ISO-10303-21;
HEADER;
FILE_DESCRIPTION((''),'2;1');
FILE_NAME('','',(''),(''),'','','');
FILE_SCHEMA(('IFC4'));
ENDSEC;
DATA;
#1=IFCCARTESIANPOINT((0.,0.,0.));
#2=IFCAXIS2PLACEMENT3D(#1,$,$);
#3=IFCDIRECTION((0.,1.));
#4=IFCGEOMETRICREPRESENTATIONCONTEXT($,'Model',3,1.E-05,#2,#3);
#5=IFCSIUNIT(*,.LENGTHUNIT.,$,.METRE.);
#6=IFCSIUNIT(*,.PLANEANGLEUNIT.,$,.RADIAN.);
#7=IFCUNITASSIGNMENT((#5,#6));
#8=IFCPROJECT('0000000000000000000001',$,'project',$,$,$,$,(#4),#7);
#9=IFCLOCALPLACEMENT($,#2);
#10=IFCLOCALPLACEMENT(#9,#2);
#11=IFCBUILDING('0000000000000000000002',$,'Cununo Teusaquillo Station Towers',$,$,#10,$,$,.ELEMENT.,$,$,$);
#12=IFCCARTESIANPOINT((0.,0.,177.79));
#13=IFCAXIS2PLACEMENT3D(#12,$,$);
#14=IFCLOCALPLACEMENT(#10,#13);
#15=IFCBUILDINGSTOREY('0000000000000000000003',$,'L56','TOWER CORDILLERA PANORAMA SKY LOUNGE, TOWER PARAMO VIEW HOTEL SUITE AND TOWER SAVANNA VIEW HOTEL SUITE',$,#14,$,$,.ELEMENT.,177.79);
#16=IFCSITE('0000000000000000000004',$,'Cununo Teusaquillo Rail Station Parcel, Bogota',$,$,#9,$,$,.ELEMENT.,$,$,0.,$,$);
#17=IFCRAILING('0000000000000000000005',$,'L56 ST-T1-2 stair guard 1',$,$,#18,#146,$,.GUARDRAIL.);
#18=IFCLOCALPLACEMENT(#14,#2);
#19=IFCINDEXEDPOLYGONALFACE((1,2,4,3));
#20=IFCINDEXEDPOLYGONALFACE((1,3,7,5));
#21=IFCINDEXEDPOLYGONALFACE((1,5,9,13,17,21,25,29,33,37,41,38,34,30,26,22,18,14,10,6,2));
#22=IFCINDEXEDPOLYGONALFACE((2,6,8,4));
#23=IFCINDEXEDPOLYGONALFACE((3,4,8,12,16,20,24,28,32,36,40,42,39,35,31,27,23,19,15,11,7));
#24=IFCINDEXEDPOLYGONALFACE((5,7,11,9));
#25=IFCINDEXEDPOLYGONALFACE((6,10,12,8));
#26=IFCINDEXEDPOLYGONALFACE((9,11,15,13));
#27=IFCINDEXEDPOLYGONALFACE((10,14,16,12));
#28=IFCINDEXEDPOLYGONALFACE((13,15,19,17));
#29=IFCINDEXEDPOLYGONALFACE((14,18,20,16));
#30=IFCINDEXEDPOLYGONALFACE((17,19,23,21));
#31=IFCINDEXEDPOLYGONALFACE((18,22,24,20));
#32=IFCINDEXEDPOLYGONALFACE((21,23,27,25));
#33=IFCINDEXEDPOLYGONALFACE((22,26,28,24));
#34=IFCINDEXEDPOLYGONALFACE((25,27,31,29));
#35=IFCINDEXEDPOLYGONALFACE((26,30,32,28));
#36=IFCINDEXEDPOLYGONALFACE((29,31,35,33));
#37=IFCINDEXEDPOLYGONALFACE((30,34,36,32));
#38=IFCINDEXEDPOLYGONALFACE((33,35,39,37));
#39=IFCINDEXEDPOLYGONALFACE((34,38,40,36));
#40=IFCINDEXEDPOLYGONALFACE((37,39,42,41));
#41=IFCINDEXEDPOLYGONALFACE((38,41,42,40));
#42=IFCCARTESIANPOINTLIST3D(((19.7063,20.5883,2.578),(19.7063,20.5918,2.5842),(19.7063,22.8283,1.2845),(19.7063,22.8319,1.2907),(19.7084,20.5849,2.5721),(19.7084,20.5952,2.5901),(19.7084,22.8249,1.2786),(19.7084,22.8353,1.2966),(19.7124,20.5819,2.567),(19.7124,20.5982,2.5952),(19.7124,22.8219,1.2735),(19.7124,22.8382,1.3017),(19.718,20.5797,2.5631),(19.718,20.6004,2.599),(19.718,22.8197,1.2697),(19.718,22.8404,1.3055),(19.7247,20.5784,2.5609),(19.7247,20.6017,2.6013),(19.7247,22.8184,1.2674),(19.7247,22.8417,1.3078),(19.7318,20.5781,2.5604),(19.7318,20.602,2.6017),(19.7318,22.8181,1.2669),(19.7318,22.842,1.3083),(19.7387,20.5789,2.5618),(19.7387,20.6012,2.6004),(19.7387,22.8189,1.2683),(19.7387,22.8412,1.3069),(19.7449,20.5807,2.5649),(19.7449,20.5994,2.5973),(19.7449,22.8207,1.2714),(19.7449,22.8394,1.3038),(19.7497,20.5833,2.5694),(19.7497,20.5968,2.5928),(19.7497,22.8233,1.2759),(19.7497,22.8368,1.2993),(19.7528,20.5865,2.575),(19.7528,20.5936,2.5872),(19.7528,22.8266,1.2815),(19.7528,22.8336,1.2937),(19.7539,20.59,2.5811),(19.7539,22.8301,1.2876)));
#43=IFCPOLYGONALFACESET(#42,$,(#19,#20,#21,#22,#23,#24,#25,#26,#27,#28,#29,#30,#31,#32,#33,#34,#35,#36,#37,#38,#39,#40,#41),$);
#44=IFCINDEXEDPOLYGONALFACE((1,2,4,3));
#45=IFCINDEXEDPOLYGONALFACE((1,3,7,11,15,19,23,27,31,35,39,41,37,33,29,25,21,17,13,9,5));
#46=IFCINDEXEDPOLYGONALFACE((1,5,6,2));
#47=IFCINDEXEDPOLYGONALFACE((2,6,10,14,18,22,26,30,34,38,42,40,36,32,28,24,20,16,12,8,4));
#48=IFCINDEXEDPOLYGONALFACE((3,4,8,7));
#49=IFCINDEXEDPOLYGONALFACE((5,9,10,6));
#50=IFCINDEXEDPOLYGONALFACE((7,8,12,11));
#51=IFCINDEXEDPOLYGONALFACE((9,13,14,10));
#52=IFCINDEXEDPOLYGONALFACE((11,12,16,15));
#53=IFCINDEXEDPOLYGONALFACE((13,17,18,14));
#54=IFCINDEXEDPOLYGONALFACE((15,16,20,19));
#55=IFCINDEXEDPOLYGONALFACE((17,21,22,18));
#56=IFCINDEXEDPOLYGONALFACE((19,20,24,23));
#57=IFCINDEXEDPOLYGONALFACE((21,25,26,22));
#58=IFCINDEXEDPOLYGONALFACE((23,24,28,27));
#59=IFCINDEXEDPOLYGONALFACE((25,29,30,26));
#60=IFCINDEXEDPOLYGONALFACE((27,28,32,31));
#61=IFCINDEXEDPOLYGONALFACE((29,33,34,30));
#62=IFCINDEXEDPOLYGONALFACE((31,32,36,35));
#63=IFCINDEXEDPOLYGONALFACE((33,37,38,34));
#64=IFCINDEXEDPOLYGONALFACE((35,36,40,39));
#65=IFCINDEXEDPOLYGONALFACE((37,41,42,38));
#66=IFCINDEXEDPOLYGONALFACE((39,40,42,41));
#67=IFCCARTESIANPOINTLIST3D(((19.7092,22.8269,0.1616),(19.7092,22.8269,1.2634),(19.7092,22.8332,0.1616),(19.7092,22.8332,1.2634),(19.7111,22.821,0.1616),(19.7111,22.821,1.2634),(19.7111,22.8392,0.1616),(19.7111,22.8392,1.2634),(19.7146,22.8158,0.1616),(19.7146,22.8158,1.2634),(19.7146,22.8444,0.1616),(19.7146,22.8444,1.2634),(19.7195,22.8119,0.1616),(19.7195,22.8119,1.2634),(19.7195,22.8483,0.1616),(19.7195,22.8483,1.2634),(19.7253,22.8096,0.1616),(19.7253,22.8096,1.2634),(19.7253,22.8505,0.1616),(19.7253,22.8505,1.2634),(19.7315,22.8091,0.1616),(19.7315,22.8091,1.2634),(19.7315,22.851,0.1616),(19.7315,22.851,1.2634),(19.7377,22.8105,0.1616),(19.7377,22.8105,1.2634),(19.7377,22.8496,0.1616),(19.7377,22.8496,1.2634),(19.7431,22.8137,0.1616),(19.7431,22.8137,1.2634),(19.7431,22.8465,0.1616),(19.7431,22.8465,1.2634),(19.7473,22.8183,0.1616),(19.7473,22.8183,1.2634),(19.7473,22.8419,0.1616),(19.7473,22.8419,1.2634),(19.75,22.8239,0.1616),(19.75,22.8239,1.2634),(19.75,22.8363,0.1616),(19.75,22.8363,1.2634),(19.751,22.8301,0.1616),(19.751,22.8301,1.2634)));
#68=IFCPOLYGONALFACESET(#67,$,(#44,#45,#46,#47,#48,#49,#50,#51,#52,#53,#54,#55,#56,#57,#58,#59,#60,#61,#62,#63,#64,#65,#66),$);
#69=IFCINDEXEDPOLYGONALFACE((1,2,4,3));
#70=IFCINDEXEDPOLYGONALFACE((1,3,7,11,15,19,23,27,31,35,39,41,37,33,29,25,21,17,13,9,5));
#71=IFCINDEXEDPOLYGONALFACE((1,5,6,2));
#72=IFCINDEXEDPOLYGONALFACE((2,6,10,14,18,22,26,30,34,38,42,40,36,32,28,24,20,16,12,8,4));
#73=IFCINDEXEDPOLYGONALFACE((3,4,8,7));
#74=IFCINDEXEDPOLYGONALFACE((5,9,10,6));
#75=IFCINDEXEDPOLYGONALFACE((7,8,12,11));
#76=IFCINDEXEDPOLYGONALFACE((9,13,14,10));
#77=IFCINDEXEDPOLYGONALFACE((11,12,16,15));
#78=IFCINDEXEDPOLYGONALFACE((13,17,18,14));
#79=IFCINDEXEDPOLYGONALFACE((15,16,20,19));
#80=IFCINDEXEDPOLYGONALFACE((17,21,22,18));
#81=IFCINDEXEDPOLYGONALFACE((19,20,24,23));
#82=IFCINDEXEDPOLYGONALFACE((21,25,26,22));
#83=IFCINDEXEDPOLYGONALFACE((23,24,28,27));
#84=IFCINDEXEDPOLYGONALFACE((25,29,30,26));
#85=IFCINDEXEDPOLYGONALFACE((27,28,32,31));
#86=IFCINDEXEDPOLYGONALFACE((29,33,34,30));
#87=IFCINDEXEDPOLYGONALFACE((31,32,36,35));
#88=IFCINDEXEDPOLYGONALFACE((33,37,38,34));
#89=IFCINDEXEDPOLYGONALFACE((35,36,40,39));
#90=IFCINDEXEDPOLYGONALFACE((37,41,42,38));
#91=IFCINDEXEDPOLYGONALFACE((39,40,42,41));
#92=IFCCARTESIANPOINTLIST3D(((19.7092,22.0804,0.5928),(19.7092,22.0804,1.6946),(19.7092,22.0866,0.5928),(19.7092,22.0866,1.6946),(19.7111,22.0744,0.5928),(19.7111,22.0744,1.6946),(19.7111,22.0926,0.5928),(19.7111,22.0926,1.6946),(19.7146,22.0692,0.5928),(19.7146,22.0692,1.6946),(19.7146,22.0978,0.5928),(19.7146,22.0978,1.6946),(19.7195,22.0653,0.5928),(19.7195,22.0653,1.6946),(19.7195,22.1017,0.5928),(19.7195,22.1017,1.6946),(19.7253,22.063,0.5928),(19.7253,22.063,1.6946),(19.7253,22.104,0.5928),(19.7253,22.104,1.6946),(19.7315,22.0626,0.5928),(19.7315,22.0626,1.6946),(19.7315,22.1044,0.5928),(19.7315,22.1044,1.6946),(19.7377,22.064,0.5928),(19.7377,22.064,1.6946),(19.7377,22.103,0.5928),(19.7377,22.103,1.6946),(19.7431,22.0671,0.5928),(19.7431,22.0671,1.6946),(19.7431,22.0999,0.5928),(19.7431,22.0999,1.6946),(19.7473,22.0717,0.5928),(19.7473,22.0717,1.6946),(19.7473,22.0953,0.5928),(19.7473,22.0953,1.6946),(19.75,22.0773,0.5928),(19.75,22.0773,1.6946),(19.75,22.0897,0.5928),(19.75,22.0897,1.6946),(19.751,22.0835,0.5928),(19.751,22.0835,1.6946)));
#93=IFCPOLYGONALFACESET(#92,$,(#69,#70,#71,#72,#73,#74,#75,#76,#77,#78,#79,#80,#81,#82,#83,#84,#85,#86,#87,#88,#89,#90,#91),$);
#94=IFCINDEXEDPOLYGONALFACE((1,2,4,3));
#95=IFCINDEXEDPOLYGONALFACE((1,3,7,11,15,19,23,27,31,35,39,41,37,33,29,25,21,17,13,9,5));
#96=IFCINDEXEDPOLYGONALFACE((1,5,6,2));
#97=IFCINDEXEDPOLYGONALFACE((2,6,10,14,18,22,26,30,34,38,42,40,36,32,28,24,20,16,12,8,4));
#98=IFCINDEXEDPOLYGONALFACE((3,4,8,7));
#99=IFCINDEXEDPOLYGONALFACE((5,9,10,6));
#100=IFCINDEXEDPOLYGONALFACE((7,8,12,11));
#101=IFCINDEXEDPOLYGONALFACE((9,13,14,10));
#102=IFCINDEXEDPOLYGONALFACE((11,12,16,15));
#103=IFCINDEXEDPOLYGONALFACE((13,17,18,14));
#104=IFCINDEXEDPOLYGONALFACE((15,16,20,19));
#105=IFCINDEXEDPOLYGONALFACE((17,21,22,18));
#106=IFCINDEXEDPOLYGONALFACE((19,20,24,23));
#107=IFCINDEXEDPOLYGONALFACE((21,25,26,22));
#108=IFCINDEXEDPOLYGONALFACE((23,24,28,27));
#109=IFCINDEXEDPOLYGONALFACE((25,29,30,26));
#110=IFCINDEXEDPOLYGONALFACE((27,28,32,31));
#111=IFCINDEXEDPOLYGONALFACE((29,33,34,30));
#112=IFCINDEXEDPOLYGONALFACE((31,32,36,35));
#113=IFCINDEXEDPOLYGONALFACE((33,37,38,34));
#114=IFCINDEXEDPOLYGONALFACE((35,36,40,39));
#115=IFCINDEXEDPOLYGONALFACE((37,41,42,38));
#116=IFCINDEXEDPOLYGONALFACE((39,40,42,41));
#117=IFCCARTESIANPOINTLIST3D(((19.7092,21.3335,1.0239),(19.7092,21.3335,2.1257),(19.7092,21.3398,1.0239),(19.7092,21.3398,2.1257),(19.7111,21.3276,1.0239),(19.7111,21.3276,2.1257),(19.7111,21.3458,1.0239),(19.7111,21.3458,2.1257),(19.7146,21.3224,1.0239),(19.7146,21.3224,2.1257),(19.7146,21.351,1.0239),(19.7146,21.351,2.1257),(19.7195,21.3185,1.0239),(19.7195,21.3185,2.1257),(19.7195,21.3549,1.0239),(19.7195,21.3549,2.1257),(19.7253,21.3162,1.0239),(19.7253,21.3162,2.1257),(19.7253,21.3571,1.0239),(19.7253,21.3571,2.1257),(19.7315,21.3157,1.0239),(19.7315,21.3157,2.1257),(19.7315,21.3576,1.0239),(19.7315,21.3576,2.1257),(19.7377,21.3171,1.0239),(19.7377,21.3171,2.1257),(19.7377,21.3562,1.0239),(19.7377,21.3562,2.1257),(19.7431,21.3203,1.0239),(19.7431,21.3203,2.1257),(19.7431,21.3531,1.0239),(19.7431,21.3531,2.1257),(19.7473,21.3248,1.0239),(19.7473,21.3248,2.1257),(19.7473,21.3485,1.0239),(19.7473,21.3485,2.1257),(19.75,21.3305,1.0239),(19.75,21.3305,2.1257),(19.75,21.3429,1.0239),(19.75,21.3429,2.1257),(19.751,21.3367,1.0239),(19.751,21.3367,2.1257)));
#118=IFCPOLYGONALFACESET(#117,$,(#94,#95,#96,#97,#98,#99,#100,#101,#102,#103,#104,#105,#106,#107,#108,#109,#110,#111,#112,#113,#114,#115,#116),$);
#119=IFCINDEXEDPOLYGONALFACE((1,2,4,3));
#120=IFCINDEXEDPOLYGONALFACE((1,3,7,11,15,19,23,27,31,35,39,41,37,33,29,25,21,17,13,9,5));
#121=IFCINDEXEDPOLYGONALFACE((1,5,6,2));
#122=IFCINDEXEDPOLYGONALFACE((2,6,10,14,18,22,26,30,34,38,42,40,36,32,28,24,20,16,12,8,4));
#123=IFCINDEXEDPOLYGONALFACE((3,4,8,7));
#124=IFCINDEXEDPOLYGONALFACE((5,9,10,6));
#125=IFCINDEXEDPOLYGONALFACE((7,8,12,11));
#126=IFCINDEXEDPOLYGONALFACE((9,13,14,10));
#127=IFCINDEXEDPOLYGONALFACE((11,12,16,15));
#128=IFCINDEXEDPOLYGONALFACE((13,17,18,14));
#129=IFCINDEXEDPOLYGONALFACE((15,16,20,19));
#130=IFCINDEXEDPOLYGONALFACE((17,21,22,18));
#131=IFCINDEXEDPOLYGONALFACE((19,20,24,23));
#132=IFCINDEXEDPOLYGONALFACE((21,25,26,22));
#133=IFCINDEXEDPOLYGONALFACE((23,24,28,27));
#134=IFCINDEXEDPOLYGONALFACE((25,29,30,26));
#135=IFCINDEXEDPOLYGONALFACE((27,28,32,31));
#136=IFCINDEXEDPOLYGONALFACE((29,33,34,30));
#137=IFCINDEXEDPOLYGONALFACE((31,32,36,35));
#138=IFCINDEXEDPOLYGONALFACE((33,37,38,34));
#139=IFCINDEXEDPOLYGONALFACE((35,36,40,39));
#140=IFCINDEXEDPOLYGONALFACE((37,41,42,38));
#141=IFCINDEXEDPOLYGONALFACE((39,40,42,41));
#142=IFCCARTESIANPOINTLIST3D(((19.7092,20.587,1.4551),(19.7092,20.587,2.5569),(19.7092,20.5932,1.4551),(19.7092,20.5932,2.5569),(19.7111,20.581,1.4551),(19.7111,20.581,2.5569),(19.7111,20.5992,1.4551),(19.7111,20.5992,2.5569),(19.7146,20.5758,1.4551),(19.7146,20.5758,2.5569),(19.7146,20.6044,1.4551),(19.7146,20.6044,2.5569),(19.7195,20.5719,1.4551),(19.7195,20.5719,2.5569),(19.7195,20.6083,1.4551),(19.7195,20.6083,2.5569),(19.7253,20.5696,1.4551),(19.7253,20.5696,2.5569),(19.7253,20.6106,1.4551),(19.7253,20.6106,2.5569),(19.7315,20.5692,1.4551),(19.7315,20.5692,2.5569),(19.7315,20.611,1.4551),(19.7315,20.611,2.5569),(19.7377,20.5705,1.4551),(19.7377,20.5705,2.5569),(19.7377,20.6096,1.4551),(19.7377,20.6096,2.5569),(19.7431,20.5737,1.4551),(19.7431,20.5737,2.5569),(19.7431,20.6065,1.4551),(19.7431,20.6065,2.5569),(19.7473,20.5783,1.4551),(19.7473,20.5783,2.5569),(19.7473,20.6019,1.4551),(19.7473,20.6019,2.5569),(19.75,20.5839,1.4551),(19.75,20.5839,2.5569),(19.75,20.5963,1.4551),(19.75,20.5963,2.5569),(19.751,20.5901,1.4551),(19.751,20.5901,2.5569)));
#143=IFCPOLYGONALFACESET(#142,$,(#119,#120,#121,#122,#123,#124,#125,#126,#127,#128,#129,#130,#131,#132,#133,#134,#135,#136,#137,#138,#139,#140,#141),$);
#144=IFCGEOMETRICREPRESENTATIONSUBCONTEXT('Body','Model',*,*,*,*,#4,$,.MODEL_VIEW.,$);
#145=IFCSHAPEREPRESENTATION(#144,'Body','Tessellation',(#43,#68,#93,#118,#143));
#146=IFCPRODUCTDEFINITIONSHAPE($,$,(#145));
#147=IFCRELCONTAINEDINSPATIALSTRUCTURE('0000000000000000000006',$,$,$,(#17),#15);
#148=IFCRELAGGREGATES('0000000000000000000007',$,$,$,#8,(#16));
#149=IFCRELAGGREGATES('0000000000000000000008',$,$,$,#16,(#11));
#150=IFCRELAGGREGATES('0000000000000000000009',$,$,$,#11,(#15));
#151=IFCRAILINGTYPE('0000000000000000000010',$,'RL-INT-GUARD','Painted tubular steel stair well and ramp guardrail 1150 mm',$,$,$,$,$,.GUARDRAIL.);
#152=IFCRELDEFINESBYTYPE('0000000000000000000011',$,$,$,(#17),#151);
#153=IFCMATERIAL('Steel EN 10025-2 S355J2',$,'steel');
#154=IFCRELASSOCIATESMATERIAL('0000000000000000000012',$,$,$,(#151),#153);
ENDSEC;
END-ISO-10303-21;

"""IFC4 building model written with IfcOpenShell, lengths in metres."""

from ifc_helpers import new_model, si_unit, direction, frame, origin, origin_2d, place, context, subcontext, project, spatial, circle, extrude, material, type_object, element, save


model = new_model("IFC4")

# Units and contexts
model_context = context("Model", 3, precision=1e-05, world=origin(), true_north=direction((0.0, 1.0)))
body_context = subcontext(model_context, "Body", "Model", "MODEL_VIEW")
ifc_project = project(units=[si_unit("LENGTHUNIT", "METRE"), si_unit("PLANEANGLEUNIT", "RADIAN")], contexts=[model_context])

# Site, building, storey
site_placement = place(None, origin())
site = spatial("IfcSite", under=ifc_project, at=site_placement, Name="Cununo Teusaquillo Rail Station Parcel, Bogota", CompositionType="ELEMENT", RefElevation=0.0)
building_placement = place(site_placement, origin())
building = spatial("IfcBuilding", under=site, at=building_placement, Name="Cununo Teusaquillo Station Towers", CompositionType="ELEMENT")
storey_placement = place(building_placement, frame((0.0, 0.0, 177.79)))
storey = spatial("IfcBuildingStorey", under=building, at=storey_placement, Name="L56", Description="TOWER CORDILLERA PANORAMA SKY LOUNGE, TOWER PARAMO VIEW HOTEL SUITE AND TOWER SAVANNA VIEW HOTEL SUITE", CompositionType="ELEMENT", Elevation=177.79)

# Railing
ifc_material_1 = material(Name="Steel EN 10025-2 S355J2", Category="steel")
railing_type_1 = type_object("IfcRailingType", Name="RL-INT-GUARD", Description="Painted tubular steel stair well and ramp guardrail 1150 mm", PredefinedType="GUARDRAIL", material=ifc_material_1)
railing_1_placement = place(storey_placement, frame((19.73, 22.8301, 0.1616)))
element("IfcRailing", 1, at=railing_1_placement, inside=storey, type_object=railing_type_1, Name="L56 ST-T1-2 stair guard 1", PredefinedType="GUARDRAIL", context=body_context, shape_type="SweptSolid", body=[
    extrude(circle(Radius=0.0239, at=origin_2d()), frame((0.0, 0.0, 1.126), z_axis=(0.0, -0.865992, 0.500057), x_axis=(1.0, 0.0, 0.0)), (0.0, 0.0, 1.0), 2.5867),
    extrude(circle(Radius=0.021, at=origin_2d()), origin(), (0.0, 0.0, 1.0), 1.1018),
    extrude(circle(Radius=0.021, at=origin_2d()), frame((0.0, -0.7466, 0.4312)), (0.0, 0.0, 1.0), 1.1018),
    extrude(circle(Radius=0.021, at=origin_2d()), frame((0.0, -1.4934, 0.8623)), (0.0, 0.0, 1.0), 1.1018),
    extrude(circle(Radius=0.021, at=origin_2d()), frame((0.0, -2.24, 1.2935)), (0.0, 0.0, 1.0), 1.1018),
])

save(model, "model.ifc")
